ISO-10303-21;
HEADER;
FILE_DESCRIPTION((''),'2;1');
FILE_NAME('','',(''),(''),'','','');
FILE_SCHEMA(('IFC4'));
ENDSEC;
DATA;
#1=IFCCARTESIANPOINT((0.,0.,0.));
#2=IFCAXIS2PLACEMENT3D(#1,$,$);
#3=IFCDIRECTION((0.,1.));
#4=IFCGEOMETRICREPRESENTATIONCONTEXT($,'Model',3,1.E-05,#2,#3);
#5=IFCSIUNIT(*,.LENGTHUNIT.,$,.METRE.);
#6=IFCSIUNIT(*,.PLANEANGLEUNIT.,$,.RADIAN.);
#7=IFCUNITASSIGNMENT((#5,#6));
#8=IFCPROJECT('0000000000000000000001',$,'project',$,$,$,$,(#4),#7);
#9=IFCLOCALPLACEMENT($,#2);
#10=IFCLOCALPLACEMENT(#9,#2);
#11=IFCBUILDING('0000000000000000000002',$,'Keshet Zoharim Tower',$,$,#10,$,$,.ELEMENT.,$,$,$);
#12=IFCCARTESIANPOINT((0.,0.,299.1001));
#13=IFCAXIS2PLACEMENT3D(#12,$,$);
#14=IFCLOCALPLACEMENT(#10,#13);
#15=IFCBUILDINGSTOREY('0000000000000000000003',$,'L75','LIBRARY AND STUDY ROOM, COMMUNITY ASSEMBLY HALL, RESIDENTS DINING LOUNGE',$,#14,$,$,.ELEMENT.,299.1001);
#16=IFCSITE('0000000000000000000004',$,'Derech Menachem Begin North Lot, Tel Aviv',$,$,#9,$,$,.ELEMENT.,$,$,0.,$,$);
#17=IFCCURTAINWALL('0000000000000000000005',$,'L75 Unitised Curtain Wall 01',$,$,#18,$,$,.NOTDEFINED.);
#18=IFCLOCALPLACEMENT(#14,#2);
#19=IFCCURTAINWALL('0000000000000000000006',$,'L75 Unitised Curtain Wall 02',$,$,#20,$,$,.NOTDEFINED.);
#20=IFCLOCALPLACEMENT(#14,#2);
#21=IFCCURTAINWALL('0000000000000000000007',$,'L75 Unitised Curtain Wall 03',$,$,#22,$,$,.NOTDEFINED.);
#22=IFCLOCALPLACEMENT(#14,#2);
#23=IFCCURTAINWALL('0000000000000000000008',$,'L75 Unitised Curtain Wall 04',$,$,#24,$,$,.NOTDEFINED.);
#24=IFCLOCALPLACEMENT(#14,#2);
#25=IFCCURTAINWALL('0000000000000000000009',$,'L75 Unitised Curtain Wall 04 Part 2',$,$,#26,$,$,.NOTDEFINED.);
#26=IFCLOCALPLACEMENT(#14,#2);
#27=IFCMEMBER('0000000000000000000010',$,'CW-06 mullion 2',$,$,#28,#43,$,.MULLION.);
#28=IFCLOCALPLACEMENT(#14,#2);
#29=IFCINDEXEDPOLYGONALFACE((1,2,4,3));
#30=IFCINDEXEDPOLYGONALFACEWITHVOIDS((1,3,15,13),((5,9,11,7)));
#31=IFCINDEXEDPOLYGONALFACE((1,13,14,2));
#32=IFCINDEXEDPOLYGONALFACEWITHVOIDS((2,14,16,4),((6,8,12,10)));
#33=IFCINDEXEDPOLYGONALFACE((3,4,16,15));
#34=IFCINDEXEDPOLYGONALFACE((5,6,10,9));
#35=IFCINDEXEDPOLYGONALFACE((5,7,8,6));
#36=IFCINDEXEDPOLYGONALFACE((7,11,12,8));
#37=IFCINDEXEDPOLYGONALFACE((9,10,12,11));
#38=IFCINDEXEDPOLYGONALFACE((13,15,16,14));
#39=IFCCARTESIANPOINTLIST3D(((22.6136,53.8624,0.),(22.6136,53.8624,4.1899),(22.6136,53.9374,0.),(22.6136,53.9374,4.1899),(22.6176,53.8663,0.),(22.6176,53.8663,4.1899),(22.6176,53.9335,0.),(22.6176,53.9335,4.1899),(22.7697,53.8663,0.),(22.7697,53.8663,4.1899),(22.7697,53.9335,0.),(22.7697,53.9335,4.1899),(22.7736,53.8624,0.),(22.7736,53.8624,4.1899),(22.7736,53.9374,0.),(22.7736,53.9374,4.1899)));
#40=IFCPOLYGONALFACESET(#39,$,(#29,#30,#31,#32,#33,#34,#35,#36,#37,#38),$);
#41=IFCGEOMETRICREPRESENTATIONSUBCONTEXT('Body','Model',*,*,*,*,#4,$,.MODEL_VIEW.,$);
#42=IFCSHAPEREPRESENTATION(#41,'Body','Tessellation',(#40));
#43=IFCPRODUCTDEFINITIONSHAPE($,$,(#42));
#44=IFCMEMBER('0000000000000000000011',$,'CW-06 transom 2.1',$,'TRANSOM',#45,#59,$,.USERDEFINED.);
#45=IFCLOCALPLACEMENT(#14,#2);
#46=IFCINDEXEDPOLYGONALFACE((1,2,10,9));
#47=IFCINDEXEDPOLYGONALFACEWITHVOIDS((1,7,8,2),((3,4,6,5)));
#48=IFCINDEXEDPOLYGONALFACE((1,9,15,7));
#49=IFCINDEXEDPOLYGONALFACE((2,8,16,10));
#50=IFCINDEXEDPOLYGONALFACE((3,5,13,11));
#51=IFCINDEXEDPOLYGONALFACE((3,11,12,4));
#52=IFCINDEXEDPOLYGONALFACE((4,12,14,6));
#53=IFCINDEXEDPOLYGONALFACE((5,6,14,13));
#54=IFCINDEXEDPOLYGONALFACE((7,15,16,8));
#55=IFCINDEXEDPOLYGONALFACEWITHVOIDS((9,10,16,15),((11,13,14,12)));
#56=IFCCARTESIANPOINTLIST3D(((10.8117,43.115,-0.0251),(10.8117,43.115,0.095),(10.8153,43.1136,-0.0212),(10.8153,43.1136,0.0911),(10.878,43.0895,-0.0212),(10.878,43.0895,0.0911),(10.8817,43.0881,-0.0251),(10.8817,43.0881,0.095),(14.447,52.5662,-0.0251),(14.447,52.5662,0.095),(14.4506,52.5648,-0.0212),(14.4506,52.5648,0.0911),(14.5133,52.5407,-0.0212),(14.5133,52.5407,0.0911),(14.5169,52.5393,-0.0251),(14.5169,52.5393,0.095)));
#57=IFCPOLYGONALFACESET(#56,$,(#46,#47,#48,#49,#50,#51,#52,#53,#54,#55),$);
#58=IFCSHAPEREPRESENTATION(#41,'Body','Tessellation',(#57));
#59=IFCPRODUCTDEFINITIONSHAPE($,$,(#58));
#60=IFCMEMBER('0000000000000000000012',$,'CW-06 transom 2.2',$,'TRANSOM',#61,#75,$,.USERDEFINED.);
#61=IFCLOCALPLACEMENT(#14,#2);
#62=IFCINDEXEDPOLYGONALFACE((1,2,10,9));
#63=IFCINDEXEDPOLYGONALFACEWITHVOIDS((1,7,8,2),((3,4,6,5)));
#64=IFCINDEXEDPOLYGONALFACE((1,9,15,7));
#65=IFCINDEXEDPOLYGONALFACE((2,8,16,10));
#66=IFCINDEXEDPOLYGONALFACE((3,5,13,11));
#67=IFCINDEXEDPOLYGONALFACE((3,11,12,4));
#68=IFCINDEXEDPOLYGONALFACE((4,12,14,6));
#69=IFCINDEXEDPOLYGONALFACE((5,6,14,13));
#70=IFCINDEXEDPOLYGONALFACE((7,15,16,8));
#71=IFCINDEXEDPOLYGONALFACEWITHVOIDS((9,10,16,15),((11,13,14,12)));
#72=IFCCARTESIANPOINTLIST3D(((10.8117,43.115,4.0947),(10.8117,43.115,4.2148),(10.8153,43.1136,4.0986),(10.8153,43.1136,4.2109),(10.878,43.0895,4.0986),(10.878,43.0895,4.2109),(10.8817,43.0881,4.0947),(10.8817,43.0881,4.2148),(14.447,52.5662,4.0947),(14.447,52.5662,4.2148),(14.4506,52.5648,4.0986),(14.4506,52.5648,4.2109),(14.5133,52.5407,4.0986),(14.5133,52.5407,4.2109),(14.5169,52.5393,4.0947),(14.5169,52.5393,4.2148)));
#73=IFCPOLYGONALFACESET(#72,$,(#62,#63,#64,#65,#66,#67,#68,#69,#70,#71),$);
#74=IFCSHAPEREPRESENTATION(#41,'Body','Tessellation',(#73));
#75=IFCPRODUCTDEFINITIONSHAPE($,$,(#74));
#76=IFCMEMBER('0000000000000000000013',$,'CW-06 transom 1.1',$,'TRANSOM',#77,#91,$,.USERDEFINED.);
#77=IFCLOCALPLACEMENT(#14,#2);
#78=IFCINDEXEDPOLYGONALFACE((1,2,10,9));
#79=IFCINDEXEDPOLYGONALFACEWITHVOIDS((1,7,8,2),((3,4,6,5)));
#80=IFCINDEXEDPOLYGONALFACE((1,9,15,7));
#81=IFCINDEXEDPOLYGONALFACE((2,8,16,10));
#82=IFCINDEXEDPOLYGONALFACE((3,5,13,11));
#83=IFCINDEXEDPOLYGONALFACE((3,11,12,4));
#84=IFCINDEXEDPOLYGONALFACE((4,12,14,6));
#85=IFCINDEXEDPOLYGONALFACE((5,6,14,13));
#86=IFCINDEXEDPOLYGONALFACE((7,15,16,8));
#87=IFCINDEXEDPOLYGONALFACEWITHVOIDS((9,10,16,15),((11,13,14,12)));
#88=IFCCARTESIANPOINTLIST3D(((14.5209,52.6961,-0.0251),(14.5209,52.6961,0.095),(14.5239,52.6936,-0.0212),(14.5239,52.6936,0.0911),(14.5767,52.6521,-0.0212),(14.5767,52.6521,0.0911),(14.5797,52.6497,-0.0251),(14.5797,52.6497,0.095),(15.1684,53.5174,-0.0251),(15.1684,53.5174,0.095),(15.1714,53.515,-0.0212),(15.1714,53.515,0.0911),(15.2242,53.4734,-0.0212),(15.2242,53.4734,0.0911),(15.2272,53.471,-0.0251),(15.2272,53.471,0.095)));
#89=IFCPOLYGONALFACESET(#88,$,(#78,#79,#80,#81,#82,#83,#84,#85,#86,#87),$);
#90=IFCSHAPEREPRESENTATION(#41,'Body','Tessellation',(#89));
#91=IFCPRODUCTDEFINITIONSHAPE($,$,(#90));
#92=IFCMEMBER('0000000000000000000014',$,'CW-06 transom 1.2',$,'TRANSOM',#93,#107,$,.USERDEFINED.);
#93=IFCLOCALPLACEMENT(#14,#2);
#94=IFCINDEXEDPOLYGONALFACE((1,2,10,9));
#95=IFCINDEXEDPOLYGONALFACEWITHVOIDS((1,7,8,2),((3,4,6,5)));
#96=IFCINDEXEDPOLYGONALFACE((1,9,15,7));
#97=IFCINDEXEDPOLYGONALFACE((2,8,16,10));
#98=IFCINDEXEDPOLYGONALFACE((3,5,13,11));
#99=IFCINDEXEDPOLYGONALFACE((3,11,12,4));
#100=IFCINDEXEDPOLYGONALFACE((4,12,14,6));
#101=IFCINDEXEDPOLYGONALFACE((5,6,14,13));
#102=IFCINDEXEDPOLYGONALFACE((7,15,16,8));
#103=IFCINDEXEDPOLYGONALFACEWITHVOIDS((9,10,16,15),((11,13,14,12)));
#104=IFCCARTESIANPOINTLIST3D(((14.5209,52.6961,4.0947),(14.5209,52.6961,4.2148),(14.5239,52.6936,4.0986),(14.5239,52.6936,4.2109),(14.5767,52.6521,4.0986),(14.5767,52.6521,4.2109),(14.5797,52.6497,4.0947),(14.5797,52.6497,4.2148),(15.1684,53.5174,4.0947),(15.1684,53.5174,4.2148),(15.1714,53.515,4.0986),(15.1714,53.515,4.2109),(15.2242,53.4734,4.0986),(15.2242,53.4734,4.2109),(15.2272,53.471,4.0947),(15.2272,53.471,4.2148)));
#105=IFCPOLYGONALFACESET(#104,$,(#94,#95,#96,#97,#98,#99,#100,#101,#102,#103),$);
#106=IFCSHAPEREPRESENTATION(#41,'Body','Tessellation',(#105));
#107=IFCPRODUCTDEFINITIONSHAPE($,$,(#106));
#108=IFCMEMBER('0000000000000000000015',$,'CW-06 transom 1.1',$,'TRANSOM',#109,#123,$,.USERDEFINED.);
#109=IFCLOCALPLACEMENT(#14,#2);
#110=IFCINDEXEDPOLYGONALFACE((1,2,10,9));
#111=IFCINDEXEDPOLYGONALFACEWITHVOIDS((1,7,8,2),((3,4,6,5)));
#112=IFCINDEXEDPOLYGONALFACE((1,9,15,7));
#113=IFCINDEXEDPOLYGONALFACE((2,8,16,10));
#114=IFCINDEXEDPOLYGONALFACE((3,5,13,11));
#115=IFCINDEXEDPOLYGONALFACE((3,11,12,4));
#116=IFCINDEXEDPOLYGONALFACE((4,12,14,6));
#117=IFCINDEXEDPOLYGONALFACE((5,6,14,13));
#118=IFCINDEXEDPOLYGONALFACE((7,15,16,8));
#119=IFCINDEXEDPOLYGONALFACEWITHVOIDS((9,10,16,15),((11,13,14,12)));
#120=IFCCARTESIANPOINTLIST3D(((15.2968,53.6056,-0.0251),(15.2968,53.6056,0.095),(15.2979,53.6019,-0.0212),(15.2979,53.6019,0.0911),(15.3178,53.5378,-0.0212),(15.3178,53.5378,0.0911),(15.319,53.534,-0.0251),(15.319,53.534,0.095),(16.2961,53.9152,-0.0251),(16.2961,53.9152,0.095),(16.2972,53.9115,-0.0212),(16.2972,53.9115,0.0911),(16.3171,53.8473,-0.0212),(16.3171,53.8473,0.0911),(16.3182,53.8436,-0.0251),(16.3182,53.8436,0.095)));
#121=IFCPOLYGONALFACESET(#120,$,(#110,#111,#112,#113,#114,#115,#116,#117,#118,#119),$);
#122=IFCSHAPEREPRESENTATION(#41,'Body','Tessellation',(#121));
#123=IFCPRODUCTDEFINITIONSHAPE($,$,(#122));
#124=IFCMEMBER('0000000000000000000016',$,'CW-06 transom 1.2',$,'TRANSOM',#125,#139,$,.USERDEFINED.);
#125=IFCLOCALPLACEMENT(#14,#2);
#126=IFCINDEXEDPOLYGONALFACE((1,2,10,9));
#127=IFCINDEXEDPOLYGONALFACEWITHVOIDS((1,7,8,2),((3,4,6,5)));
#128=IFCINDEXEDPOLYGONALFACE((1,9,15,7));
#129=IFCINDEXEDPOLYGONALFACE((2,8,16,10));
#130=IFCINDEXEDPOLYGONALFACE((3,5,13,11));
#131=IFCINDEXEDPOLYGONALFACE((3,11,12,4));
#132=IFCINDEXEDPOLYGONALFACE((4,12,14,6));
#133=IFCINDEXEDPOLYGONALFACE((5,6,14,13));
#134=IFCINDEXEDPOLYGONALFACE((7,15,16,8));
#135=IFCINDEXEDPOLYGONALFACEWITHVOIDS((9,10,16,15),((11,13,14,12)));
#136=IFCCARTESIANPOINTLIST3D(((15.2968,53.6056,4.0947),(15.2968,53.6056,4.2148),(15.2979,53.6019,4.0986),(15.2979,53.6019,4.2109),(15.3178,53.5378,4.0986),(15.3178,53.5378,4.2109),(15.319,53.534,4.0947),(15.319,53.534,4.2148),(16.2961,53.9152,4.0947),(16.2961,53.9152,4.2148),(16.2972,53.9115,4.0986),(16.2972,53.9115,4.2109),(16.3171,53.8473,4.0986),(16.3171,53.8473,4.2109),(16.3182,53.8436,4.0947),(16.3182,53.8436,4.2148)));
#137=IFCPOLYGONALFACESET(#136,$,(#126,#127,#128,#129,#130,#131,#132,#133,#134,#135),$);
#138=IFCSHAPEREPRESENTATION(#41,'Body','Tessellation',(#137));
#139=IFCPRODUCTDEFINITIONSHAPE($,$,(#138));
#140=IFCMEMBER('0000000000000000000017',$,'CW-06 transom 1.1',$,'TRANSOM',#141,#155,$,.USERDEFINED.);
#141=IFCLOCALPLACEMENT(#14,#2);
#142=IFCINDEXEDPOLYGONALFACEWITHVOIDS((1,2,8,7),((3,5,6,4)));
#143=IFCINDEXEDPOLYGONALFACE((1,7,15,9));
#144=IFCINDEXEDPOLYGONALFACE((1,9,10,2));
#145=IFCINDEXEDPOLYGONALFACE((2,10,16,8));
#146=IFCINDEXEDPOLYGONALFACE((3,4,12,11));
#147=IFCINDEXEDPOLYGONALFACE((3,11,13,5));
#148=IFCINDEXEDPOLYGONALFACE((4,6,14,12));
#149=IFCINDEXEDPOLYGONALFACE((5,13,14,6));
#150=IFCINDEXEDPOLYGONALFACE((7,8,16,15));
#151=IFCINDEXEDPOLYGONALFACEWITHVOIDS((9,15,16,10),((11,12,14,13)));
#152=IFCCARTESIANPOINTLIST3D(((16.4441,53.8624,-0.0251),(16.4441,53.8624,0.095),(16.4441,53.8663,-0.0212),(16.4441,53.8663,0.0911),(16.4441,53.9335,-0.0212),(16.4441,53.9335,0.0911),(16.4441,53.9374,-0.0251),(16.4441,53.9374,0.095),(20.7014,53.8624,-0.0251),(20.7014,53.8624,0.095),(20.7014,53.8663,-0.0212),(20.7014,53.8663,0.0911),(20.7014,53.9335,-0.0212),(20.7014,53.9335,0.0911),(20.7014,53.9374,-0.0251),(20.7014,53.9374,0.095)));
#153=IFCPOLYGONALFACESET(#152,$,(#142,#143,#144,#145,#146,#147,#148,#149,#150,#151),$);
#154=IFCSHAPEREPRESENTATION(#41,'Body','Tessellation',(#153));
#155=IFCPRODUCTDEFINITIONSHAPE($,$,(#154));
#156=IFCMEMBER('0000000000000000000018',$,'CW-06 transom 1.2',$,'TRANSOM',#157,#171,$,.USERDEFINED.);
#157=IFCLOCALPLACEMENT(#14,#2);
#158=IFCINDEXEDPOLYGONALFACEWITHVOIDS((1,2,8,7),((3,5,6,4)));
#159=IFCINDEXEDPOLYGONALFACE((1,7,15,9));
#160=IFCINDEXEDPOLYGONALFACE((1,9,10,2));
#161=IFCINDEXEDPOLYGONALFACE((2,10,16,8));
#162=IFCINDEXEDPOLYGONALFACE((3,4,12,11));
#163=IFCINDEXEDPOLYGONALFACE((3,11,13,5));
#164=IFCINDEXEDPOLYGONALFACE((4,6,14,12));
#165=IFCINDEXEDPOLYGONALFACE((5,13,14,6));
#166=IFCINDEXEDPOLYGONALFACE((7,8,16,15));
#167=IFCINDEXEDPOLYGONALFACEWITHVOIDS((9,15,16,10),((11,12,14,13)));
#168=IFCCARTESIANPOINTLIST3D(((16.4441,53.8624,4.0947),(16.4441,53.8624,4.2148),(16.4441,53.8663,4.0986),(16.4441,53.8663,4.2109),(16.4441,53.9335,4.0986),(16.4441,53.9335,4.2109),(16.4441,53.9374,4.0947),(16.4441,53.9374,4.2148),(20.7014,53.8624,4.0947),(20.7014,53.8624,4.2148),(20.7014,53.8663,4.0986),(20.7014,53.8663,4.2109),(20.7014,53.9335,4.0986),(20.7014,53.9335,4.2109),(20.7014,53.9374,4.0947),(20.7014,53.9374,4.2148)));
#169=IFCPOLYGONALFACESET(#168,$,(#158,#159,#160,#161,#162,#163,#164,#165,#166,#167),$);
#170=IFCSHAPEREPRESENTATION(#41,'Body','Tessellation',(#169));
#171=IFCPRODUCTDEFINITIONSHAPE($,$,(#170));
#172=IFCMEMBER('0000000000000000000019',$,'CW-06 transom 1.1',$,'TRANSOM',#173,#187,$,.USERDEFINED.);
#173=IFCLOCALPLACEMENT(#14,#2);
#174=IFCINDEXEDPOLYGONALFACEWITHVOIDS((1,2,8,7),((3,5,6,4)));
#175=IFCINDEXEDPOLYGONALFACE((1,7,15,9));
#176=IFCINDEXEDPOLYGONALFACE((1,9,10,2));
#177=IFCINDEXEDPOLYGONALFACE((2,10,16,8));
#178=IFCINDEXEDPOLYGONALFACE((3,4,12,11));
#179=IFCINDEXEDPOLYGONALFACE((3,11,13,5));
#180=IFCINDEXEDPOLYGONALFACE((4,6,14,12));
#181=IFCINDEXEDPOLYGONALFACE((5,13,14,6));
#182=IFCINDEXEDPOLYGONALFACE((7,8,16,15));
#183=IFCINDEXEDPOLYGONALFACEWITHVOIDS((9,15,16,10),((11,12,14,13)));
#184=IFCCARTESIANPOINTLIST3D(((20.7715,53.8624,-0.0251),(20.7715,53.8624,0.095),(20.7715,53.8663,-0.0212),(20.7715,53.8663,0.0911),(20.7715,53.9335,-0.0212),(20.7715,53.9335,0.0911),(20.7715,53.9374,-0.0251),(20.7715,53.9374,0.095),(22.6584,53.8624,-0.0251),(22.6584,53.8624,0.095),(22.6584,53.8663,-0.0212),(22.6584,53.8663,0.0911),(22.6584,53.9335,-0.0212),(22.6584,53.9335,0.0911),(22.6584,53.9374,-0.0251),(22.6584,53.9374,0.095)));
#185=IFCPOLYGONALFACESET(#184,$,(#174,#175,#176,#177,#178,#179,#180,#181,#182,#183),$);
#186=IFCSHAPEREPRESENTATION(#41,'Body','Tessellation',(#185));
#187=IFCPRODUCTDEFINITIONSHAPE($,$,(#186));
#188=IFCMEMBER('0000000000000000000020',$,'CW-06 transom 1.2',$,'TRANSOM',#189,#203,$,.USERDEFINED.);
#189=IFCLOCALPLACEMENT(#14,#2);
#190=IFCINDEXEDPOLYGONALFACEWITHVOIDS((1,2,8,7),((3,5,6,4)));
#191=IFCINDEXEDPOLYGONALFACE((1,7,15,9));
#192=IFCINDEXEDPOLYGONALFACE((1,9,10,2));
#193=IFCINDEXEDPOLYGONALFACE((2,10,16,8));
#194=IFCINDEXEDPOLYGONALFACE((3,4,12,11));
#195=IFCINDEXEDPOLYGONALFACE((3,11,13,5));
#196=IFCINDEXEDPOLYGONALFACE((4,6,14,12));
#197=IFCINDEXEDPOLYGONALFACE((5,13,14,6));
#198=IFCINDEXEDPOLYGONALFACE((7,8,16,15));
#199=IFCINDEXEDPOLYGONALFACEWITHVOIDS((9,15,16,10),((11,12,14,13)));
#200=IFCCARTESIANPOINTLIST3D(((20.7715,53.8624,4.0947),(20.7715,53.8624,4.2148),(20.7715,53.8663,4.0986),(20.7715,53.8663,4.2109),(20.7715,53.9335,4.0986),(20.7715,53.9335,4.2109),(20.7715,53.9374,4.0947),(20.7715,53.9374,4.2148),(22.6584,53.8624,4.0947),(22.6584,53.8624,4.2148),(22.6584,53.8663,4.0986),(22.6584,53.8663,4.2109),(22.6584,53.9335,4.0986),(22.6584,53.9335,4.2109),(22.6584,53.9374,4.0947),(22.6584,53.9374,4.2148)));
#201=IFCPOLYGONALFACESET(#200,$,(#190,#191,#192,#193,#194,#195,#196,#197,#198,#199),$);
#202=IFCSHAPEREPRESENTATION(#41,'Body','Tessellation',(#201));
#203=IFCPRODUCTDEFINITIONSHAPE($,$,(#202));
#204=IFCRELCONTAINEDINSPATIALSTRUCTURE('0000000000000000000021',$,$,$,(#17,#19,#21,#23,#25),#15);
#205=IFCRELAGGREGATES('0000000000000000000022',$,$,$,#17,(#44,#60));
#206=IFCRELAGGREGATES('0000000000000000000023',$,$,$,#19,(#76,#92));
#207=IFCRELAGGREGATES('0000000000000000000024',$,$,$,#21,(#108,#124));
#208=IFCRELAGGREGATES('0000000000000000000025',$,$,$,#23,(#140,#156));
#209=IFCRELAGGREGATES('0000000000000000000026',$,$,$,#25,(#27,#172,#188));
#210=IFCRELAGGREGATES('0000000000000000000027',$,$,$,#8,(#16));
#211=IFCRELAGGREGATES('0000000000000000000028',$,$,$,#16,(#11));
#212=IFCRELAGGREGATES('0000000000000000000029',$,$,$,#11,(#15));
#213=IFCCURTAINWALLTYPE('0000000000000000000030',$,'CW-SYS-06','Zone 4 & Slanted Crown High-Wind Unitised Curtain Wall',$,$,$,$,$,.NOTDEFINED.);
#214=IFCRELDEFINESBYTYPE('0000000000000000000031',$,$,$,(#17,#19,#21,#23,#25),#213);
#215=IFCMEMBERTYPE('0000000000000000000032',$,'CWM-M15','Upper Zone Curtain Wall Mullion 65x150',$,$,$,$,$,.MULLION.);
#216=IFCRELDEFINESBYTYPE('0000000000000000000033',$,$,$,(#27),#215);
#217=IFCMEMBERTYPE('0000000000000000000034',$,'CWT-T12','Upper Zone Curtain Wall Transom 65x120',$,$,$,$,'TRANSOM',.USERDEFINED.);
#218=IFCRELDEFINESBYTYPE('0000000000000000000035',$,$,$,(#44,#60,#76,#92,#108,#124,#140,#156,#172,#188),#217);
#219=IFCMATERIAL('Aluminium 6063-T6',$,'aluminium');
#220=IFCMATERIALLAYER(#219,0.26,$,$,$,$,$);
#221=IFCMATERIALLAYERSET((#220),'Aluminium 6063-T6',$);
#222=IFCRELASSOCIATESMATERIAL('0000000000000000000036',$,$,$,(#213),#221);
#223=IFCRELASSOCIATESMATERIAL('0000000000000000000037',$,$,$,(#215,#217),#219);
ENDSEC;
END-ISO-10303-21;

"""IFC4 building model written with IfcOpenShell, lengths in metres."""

from ifc_helpers import new_model, si_unit, direction, frame, origin, origin_2d, place, context, subcontext, project, spatial, hollow_rectangle, extrude, material, layer, layer_set, material_profile, profile_set, type_object, element, aggregate, save


model = new_model("IFC4")

# Units and contexts
model_context = context("Model", 3, precision=1e-05, world=origin(), true_north=direction((0.0, 1.0)))
body_context = subcontext(model_context, "Body", "Model", "MODEL_VIEW")
ifc_project = project(units=[si_unit("LENGTHUNIT", "METRE"), si_unit("PLANEANGLEUNIT", "RADIAN")], contexts=[model_context])

# Site, building, storey
site_placement = place(None, origin())
site = spatial("IfcSite", under=ifc_project, at=site_placement, Name="Derech Menachem Begin North Lot, Tel Aviv", CompositionType="ELEMENT", RefElevation=0.0)
building_placement = place(site_placement, origin())
building = spatial("IfcBuilding", under=site, at=building_placement, Name="Keshet Zoharim Tower", CompositionType="ELEMENT")
storey_placement = place(building_placement, frame((0.0, 0.0, 299.1001)))
storey = spatial("IfcBuildingStorey", under=building, at=storey_placement, Name="L75", Description="LIBRARY AND STUDY ROOM, COMMUNITY ASSEMBLY HALL, RESIDENTS DINING LOUNGE", CompositionType="ELEMENT", Elevation=299.1001)

# Curtain walls
ifc_material_1 = material(Name="Aluminium 6063-T6", Category="aluminium")
ifc_layer_1 = layer(ifc_material_1, 0.26)
ifc_layer_set_1 = layer_set([ifc_layer_1], Name="Aluminium 6063-T6")
curtain_wall_type = type_object("IfcCurtainWallType", Name="CW-SYS-06", Description="Zone 4 & Slanted Crown High-Wind Unitised Curtain Wall", PredefinedType="NOTDEFINED", material=ifc_layer_set_1)
curtain_wall_1_placement = place(storey_placement, origin())
curtain_wall_1 = element("IfcCurtainWall", 1, at=curtain_wall_1_placement, inside=storey, type_object=curtain_wall_type, Name="L75 Unitised Curtain Wall 01", PredefinedType="NOTDEFINED")
ifc_material_profile_1 = material_profile(ifc_material_1, hollow_rectangle(XDim=0.075, YDim=0.1599, WallThickness=0.0039, at=origin_2d()), Name="MUL-75x160")
ifc_profile_set_1 = profile_set([ifc_material_profile_1], Name="Aluminium 6063-T6")
member_type_1 = type_object("IfcMemberType", Name="CWM-M15", Description="Upper Zone Curtain Wall Mullion 65x150", PredefinedType="MULLION", material=ifc_profile_set_1)
curtain_wall_2_placement = place(storey_placement, origin())
curtain_wall_2 = element("IfcCurtainWall", 2, at=curtain_wall_2_placement, inside=storey, type_object=curtain_wall_type, Name="L75 Unitised Curtain Wall 02", PredefinedType="NOTDEFINED")
curtain_wall_3_placement = place(storey_placement, origin())
curtain_wall_3 = element("IfcCurtainWall", 3, at=curtain_wall_3_placement, inside=storey, type_object=curtain_wall_type, Name="L75 Unitised Curtain Wall 03", PredefinedType="NOTDEFINED")
curtain_wall_4_placement = place(storey_placement, origin())
curtain_wall_4 = element("IfcCurtainWall", 4, at=curtain_wall_4_placement, inside=storey, type_object=curtain_wall_type, Name="L75 Unitised Curtain Wall 04", PredefinedType="NOTDEFINED")

# Curtain wall, member
curtain_wall_5_placement = place(storey_placement, origin())
curtain_wall_5 = element("IfcCurtainWall", 5, at=curtain_wall_5_placement, inside=storey, type_object=curtain_wall_type, Name="L75 Unitised Curtain Wall 04 Part 2", PredefinedType="NOTDEFINED")
member_1_placement = place(storey_placement, frame((22.6936, 53.8999, 0.0), z_axis=(0.0, 0.0, 1.0), x_axis=(0.0, 1.0, 0.0)))
member_1 = element("IfcMember", 6, at=member_1_placement, type_object=member_type_1, Name="CW-06 mullion 2", PredefinedType="MULLION", context=body_context, shape_type="SweptSolid", body=[
    extrude(hollow_rectangle(XDim=0.075, YDim=0.1599, WallThickness=0.0039, at=origin_2d()), origin(), (0.0, 0.0, 1.0), 4.1899),
])

# Members
ifc_material_profile_2 = material_profile(ifc_material_1, hollow_rectangle(XDim=0.075, YDim=0.1201, WallThickness=0.0039, at=origin_2d()), Name="TRN-75x120")
ifc_profile_set_2 = profile_set([ifc_material_profile_2], Name="Aluminium 6063-T6")
member_type_2 = type_object("IfcMemberType", Name="CWT-T12", Description="Upper Zone Curtain Wall Transom 65x120", ElementType="TRANSOM", PredefinedType="USERDEFINED", material=ifc_profile_set_2)
member_2_placement = place(storey_placement, frame((10.8467, 43.1016, 0.0349), z_axis=(0.358995, 0.933339, 0.0), x_axis=(-0.933339, 0.358995, 0.0)))
member_2 = element("IfcMember", 7, at=member_2_placement, type_object=member_type_2, Name="CW-06 transom 2.1", ObjectType="TRANSOM", PredefinedType="USERDEFINED", context=body_context, shape_type="SweptSolid", body=[
    extrude(hollow_rectangle(XDim=0.075, YDim=0.1201, WallThickness=0.0039, at=origin_2d()), origin(), (0.0, 0.0, 1.0), 10.1262),
])
member_3_placement = place(storey_placement, frame((10.8467, 43.1016, 4.1548), z_axis=(0.358995, 0.933339, 0.0), x_axis=(-0.933339, 0.358995, 0.0)))
member_3 = element("IfcMember", 8, at=member_3_placement, type_object=member_type_2, Name="CW-06 transom 2.2", ObjectType="TRANSOM", PredefinedType="USERDEFINED", context=body_context, shape_type="SweptSolid", body=[
    extrude(hollow_rectangle(XDim=0.075, YDim=0.1201, WallThickness=0.0039, at=origin_2d()), origin(), (0.0, 0.0, 1.0), 10.1262),
])
member_4_placement = place(storey_placement, frame((14.5503, 52.6729, 0.0349), z_axis=(0.619099, 0.785313, 0.0), x_axis=(-0.785313, 0.619099, 0.0)))
member_4 = element("IfcMember", 9, at=member_4_placement, type_object=member_type_2, Name="CW-06 transom 1.1", ObjectType="TRANSOM", PredefinedType="USERDEFINED", context=body_context, shape_type="SweptSolid", body=[
    extrude(hollow_rectangle(XDim=0.075, YDim=0.1201, WallThickness=0.0039, at=origin_2d()), origin(), (0.0, 0.0, 1.0), 1.0459),
])
member_5_placement = place(storey_placement, frame((14.5503, 52.6729, 4.1548), z_axis=(0.619099, 0.785313, 0.0), x_axis=(-0.785313, 0.619099, 0.0)))
member_5 = element("IfcMember", 10, at=member_5_placement, type_object=member_type_2, Name="CW-06 transom 1.2", ObjectType="TRANSOM", PredefinedType="USERDEFINED", context=body_context, shape_type="SweptSolid", body=[
    extrude(hollow_rectangle(XDim=0.075, YDim=0.1201, WallThickness=0.0039, at=origin_2d()), origin(), (0.0, 0.0, 1.0), 1.0459),
])
member_6_placement = place(storey_placement, frame((15.3079, 53.5698, 0.0349), z_axis=(0.955212, 0.295922, 0.0), x_axis=(-0.295922, 0.955212, 0.0)))
member_6 = element("IfcMember", 11, at=member_6_placement, type_object=member_type_2, Name="CW-06 transom 1.1", ObjectType="TRANSOM", PredefinedType="USERDEFINED", context=body_context, shape_type="SweptSolid", body=[
    extrude(hollow_rectangle(XDim=0.075, YDim=0.1201, WallThickness=0.0039, at=origin_2d()), origin(), (0.0, 0.0, 1.0), 1.0461),
])
member_7_placement = place(storey_placement, frame((15.3079, 53.5698, 4.1548), z_axis=(0.955212, 0.295922, 0.0), x_axis=(-0.295922, 0.955212, 0.0)))
member_7 = element("IfcMember", 12, at=member_7_placement, type_object=member_type_2, Name="CW-06 transom 1.2", ObjectType="TRANSOM", PredefinedType="USERDEFINED", context=body_context, shape_type="SweptSolid", body=[
    extrude(hollow_rectangle(XDim=0.075, YDim=0.1201, WallThickness=0.0039, at=origin_2d()), origin(), (0.0, 0.0, 1.0), 1.0461),
])
member_8_placement = place(storey_placement, frame((16.4441, 53.8999, 0.0349), z_axis=(1.0, 0.0, 0.0), x_axis=(0.0, 1.0, 0.0)))
member_8 = element("IfcMember", 13, at=member_8_placement, type_object=member_type_2, Name="CW-06 transom 1.1", ObjectType="TRANSOM", PredefinedType="USERDEFINED", context=body_context, shape_type="SweptSolid", body=[
    extrude(hollow_rectangle(XDim=0.075, YDim=0.1201, WallThickness=0.0039, at=origin_2d()), origin(), (0.0, 0.0, 1.0), 4.2573),
])
member_9_placement = place(storey_placement, frame((16.4441, 53.8999, 4.1548), z_axis=(1.0, 0.0, 0.0), x_axis=(0.0, 1.0, 0.0)))
member_9 = element("IfcMember", 14, at=member_9_placement, type_object=member_type_2, Name="CW-06 transom 1.2", ObjectType="TRANSOM", PredefinedType="USERDEFINED", context=body_context, shape_type="SweptSolid", body=[
    extrude(hollow_rectangle(XDim=0.075, YDim=0.1201, WallThickness=0.0039, at=origin_2d()), origin(), (0.0, 0.0, 1.0), 4.2573),
])
member_10_placement = place(storey_placement, frame((20.7715, 53.8999, 0.0349), z_axis=(1.0, 0.0, 0.0), x_axis=(0.0, 1.0, 0.0)))
member_10 = element("IfcMember", 15, at=member_10_placement, type_object=member_type_2, Name="CW-06 transom 1.1", ObjectType="TRANSOM", PredefinedType="USERDEFINED", context=body_context, shape_type="SweptSolid", body=[
    extrude(hollow_rectangle(XDim=0.075, YDim=0.1201, WallThickness=0.0039, at=origin_2d()), origin(), (0.0, 0.0, 1.0), 1.887),
])
member_11_placement = place(storey_placement, frame((20.7715, 53.8999, 4.1548), z_axis=(1.0, 0.0, 0.0), x_axis=(0.0, 1.0, 0.0)))
member_11 = element("IfcMember", 16, at=member_11_placement, type_object=member_type_2, Name="CW-06 transom 1.2", ObjectType="TRANSOM", PredefinedType="USERDEFINED", context=body_context, shape_type="SweptSolid", body=[
    extrude(hollow_rectangle(XDim=0.075, YDim=0.1201, WallThickness=0.0039, at=origin_2d()), origin(), (0.0, 0.0, 1.0), 1.887),
])

aggregate(curtain_wall_1, [member_2, member_3])
aggregate(curtain_wall_2, [member_4, member_5])
aggregate(curtain_wall_3, [member_6, member_7])
aggregate(curtain_wall_4, [member_8, member_9])
aggregate(curtain_wall_5, [member_1, member_10, member_11])

save(model, "model.ifc")
